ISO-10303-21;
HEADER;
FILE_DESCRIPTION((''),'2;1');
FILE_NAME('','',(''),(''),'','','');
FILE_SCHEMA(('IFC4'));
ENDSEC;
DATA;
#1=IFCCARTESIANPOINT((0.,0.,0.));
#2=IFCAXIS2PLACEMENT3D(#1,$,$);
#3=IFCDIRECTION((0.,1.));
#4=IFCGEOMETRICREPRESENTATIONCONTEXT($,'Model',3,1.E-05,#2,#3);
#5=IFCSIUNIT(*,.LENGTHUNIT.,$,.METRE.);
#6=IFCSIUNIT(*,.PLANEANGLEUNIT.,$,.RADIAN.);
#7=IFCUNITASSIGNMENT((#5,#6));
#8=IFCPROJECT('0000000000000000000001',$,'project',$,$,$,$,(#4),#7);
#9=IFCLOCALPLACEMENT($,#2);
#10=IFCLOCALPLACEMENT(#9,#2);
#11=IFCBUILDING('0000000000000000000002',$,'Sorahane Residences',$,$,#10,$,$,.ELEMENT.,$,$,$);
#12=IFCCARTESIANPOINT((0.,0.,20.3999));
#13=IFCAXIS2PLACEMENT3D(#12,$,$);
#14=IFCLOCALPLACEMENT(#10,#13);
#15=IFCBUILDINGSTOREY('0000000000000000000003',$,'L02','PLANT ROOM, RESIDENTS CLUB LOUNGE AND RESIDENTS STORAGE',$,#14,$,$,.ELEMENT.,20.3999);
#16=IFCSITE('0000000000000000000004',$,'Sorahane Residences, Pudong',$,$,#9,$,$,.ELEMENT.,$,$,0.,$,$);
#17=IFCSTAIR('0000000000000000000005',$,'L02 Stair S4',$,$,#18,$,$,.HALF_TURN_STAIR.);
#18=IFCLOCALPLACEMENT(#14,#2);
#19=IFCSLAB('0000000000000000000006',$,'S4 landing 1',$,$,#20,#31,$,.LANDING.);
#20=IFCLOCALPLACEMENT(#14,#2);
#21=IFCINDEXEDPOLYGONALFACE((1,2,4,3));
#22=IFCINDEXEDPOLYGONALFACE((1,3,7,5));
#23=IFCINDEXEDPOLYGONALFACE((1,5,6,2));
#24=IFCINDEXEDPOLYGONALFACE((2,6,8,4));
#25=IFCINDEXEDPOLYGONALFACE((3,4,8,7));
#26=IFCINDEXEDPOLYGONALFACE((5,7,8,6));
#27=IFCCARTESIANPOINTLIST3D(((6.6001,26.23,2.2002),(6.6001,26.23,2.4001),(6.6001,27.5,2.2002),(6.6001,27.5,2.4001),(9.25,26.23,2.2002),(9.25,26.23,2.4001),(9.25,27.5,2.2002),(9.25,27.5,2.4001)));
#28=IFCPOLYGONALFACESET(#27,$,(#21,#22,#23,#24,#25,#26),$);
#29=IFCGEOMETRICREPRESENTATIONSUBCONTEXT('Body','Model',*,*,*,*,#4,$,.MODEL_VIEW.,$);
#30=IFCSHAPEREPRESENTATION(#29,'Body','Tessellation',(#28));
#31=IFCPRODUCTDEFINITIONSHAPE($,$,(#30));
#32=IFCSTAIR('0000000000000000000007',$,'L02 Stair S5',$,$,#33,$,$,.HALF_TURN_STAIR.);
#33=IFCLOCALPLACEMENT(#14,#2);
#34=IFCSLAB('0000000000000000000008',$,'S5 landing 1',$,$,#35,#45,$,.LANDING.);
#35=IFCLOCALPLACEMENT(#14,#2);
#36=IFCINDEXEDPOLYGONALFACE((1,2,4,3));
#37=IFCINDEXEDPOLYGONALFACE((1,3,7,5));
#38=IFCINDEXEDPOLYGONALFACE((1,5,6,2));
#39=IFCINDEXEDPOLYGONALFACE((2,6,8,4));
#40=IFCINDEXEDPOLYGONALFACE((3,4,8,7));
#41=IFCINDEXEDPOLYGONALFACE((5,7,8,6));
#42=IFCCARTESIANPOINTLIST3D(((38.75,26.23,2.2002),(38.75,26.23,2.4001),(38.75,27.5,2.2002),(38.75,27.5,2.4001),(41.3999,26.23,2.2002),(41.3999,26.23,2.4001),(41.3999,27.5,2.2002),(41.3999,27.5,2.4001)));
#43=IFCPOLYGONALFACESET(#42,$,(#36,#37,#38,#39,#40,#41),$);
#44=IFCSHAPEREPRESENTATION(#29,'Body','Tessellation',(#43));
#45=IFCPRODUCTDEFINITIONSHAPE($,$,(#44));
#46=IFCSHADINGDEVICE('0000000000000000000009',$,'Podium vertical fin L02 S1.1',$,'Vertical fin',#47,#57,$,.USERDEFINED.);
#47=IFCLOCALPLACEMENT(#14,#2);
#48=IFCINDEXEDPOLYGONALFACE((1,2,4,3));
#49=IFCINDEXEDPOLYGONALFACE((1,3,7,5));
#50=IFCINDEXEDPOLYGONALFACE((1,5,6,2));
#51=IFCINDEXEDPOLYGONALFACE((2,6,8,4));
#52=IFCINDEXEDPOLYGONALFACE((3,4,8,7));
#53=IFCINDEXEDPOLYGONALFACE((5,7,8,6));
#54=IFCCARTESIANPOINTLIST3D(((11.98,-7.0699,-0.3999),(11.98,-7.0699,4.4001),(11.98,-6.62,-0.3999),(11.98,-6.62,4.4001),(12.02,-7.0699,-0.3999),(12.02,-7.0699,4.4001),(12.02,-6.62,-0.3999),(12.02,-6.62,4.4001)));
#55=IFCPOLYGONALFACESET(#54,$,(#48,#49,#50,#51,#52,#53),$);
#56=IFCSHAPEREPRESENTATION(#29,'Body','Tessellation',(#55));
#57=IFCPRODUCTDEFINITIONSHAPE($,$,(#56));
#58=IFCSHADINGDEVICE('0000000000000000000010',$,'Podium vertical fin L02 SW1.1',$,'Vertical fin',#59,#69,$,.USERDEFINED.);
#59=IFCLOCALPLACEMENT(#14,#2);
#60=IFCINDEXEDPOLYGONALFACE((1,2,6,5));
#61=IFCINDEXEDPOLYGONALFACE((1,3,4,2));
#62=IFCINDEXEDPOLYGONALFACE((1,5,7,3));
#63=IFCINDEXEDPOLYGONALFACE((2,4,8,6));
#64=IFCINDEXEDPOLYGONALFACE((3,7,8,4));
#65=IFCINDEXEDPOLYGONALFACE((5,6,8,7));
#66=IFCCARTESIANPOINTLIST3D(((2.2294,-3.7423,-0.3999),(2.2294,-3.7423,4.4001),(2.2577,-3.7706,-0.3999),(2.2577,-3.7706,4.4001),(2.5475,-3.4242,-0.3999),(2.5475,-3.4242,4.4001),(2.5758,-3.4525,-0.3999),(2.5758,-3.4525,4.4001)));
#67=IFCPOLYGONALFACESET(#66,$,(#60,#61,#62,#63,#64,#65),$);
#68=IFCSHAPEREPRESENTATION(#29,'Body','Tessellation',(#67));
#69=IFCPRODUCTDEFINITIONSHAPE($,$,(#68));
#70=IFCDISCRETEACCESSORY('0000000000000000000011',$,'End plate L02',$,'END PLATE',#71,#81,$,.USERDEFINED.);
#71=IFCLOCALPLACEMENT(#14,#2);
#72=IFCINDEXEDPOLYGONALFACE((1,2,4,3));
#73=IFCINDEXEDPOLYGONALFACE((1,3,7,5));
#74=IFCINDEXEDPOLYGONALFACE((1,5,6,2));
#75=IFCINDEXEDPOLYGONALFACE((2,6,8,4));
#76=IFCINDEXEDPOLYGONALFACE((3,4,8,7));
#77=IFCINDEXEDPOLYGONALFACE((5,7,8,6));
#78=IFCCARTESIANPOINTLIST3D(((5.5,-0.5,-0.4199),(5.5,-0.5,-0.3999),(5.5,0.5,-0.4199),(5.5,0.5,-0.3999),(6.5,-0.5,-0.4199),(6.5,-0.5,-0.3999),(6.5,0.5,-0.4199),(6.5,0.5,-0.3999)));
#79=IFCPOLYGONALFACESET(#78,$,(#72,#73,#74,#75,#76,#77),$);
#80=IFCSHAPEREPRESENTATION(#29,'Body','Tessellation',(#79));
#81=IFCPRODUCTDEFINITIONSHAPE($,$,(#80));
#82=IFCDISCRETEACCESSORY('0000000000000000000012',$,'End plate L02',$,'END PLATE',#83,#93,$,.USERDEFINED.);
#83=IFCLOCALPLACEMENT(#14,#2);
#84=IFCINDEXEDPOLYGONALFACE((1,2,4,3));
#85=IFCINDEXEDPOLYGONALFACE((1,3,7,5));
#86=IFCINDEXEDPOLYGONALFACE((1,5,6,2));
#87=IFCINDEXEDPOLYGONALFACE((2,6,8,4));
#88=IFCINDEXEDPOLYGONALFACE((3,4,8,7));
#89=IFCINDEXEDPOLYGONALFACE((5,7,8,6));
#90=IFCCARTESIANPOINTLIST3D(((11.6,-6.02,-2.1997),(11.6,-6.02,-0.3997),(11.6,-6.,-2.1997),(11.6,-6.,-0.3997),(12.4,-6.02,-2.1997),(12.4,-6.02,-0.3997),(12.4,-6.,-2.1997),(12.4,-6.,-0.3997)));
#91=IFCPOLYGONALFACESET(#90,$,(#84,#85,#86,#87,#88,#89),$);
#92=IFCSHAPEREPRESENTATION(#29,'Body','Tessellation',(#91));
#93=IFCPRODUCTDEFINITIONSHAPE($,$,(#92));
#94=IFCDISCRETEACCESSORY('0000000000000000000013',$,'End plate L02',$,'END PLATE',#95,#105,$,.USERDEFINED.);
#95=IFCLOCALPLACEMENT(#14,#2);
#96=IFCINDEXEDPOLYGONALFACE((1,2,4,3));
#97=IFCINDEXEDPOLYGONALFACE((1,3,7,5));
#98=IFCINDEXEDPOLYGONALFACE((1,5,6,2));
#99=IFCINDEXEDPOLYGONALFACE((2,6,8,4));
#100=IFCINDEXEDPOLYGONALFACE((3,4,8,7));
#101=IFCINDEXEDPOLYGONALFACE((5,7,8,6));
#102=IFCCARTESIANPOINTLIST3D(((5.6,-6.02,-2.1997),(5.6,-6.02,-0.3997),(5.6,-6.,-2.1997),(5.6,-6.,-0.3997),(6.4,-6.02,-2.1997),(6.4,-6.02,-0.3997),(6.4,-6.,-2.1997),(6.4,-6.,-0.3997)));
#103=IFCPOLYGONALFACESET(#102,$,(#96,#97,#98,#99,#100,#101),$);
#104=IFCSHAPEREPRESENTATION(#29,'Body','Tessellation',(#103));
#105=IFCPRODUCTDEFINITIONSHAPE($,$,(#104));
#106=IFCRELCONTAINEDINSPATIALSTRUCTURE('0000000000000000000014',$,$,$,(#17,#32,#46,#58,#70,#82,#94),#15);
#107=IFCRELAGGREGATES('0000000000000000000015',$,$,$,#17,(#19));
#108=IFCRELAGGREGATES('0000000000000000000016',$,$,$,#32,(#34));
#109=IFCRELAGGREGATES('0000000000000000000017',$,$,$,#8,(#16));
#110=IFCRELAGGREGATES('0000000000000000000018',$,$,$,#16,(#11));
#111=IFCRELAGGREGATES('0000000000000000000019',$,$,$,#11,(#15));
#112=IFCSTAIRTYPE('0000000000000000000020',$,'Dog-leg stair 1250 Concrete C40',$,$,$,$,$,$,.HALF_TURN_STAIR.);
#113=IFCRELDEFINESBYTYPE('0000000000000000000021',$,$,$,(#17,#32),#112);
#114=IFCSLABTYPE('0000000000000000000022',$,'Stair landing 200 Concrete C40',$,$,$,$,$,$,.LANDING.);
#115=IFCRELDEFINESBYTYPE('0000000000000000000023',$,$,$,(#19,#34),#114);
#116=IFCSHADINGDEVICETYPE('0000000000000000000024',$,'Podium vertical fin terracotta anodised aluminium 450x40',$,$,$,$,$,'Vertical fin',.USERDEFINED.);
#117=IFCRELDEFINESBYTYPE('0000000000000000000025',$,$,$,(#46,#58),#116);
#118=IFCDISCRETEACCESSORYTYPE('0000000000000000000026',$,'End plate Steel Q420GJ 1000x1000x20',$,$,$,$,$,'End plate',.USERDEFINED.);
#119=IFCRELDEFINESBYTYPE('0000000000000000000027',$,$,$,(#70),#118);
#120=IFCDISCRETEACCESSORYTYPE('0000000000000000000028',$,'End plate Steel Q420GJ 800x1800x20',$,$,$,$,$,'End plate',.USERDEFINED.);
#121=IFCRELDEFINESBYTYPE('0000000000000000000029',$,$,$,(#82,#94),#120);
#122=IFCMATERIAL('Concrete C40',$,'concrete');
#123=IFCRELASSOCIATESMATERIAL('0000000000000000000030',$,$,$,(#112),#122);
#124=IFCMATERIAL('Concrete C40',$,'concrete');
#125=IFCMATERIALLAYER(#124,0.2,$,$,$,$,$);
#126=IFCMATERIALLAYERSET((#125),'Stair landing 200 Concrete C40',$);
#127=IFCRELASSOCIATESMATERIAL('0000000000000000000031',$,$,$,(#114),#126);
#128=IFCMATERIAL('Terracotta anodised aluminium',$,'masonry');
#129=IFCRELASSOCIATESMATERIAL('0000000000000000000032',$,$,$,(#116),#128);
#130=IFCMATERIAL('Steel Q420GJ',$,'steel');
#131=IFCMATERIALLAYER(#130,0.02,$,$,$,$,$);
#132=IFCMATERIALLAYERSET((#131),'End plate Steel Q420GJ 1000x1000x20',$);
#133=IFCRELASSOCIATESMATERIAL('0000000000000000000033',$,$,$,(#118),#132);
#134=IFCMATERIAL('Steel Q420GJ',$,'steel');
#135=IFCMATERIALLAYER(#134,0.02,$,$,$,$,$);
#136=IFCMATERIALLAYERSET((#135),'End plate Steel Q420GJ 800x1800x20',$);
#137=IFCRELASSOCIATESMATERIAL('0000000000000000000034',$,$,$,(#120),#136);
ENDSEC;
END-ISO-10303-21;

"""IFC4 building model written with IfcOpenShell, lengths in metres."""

from ifc_helpers import new_model, si_unit, direction, frame, origin, origin_2d, place, context, subcontext, project, spatial, polyline, rectangle, outline, extrude, material, layer, layer_set, material_profile, profile_set, type_object, element, aggregate, save


model = new_model("IFC4")

# Units and contexts
model_context = context("Model", 3, precision=1e-05, world=origin(), true_north=direction((0.0, 1.0)))
body_context = subcontext(model_context, "Body", "Model", "MODEL_VIEW")
ifc_project = project(units=[si_unit("LENGTHUNIT", "METRE"), si_unit("PLANEANGLEUNIT", "RADIAN")], contexts=[model_context])

# Site, building, storey
site_placement = place(None, origin())
site = spatial("IfcSite", under=ifc_project, at=site_placement, Name="Sorahane Residences, Pudong", CompositionType="ELEMENT", RefElevation=0.0)
building_placement = place(site_placement, origin())
building = spatial("IfcBuilding", under=site, at=building_placement, Name="Sorahane Residences", CompositionType="ELEMENT")
storey_placement = place(building_placement, frame((0.0, 0.0, 20.3999)))
storey = spatial("IfcBuildingStorey", under=building, at=storey_placement, Name="L02", Description="PLANT ROOM, RESIDENTS CLUB LOUNGE AND RESIDENTS STORAGE", CompositionType="ELEMENT", Elevation=20.3999)

# Stairs, slabs
ifc_material_1 = material(Name="Concrete C40", Category="concrete")
stair_type = type_object("IfcStairType", Name="Dog-leg stair 1250 Concrete C40", PredefinedType="HALF_TURN_STAIR", material=ifc_material_1)
ifc_material_2 = material(Name="Concrete C40", Category="concrete")
ifc_layer_1 = layer(ifc_material_2, 0.2)
ifc_layer_set_1 = layer_set([ifc_layer_1], Name="Stair landing 200 Concrete C40")
slab_type_1 = type_object("IfcSlabType", Name="Stair landing 200 Concrete C40", PredefinedType="LANDING", material=ifc_layer_set_1)
stair_1_placement = place(storey_placement, origin())
stair_1 = element("IfcStair", 1, at=stair_1_placement, inside=storey, type_object=stair_type, Name="L02 Stair S4", PredefinedType="HALF_TURN_STAIR")
slab_1_placement = place(storey_placement, frame((0.0, 0.0, 2.2002)))
slab_1 = element("IfcSlab", 2, at=slab_1_placement, type_object=slab_type_1, Name="S4 landing 1", PredefinedType="LANDING", context=body_context, shape_type="SweptSolid", body=[
    extrude(outline(polyline([(9.25, 26.23), (9.25, 27.5), (6.6001, 27.5), (6.6001, 26.23), (9.25, 26.23)])), origin(), (0.0, 0.0, 1.0), 0.2),
])
aggregate(stair_1, [slab_1])
stair_2_placement = place(storey_placement, origin())
stair_2 = element("IfcStair", 3, at=stair_2_placement, inside=storey, type_object=stair_type, Name="L02 Stair S5", PredefinedType="HALF_TURN_STAIR")
slab_2_placement = place(storey_placement, frame((0.0, 0.0, 2.2002)))
slab_2 = element("IfcSlab", 4, at=slab_2_placement, type_object=slab_type_1, Name="S5 landing 1", PredefinedType="LANDING", context=body_context, shape_type="SweptSolid", body=[
    extrude(outline(polyline([(41.3999, 26.23), (41.3999, 27.5), (38.75, 27.5), (38.75, 26.23), (41.3999, 26.23)])), origin(), (0.0, 0.0, 1.0), 0.2),
])
aggregate(stair_2, [slab_2])

# Shading devices
ifc_material_3 = material(Name="Terracotta anodised aluminium", Category="masonry")
ifc_material_profile_1 = material_profile(ifc_material_3, rectangle(XDim=0.45, YDim=0.04, at=origin_2d()), Name="Podium vertical fin terracotta anodised aluminium 450x40")
ifc_profile_set_1 = profile_set([ifc_material_profile_1], Name="Terracotta anodised aluminium")
shading_device_type = type_object("IfcShadingDeviceType", Name="Podium vertical fin terracotta anodised aluminium 450x40", ElementType="Vertical fin", PredefinedType="USERDEFINED", material=ifc_profile_set_1)
for number, where, z_axis, x_axis, name in (
    (5, (12.0, -6.845, -0.3999), (0.0, 0.0, 1.0), (0.0, -1.0, 0.0), "Podium vertical fin L02 S1.1"),
    (6, (2.4026, -3.5974, -0.3999), (0.0, 0.0, 1.0), (-0.707107, -0.707107, 0.0), "Podium vertical fin L02 SW1.1"),
):
    element("IfcShadingDevice", number, at=place(storey_placement, frame(where, z_axis=z_axis, x_axis=x_axis)), inside=storey, type_object=shading_device_type, Name=name, ObjectType="Vertical fin", PredefinedType="USERDEFINED", context=body_context, shape_type="SweptSolid", body=[
        extrude(rectangle(XDim=0.45, YDim=0.04, at=origin_2d()), origin(), (0.0, 0.0, 1.0), 4.8),
    ])

# Discrete accessories
ifc_material_4 = material(Name="Steel Q420GJ", Category="steel")
ifc_layer_2 = layer(ifc_material_4, 0.02)
ifc_layer_set_2 = layer_set([ifc_layer_2], Name="End plate Steel Q420GJ 1000x1000x20")
discrete_accessory_type_1 = type_object("IfcDiscreteAccessoryType", Name="End plate Steel Q420GJ 1000x1000x20", ElementType="End plate", PredefinedType="USERDEFINED", material=ifc_layer_set_2)
discrete_accessory_placement = place(storey_placement, frame((6.0, 0.0, -0.4199), z_axis=(0.0, 0.0, 1.0), x_axis=(1.0, 0.0, 0.0)))
element("IfcDiscreteAccessory", 7, at=discrete_accessory_placement, inside=storey, type_object=discrete_accessory_type_1, Name="End plate L02", ObjectType="END PLATE", PredefinedType="USERDEFINED", context=body_context, shape_type="SweptSolid", body=[
    extrude(rectangle(XDim=1.0, YDim=1.0, at=origin_2d()), origin(), (0.0, 0.0, 1.0), 0.02),
])
ifc_material_5 = material(Name="Steel Q420GJ", Category="steel")
ifc_layer_3 = layer(ifc_material_5, 0.02)
ifc_layer_set_3 = layer_set([ifc_layer_3], Name="End plate Steel Q420GJ 800x1800x20")
discrete_accessory_type_2 = type_object("IfcDiscreteAccessoryType", Name="End plate Steel Q420GJ 800x1800x20", ElementType="End plate", PredefinedType="USERDEFINED", material=ifc_layer_set_3)
for number, where, z_axis, x_axis, name in (
    (8, (12.0, -6.01, -2.1997), (0.0, 0.0, 1.0), (0.0, 1.0, 0.0), "End plate L02"),
    (9, (6.0, -6.01, -2.1997), (0.0, 0.0, 1.0), (0.0, 1.0, 0.0), "End plate L02"),
):
    element("IfcDiscreteAccessory", number, at=place(storey_placement, frame(where, z_axis=z_axis, x_axis=x_axis)), inside=storey, type_object=discrete_accessory_type_2, Name=name, ObjectType="END PLATE", PredefinedType="USERDEFINED", context=body_context, shape_type="SweptSolid", body=[
        extrude(rectangle(XDim=0.02, YDim=0.8, at=origin_2d()), origin(), (0.0, 0.0, 1.0), 1.8),
    ])

save(model, "model.ifc")
